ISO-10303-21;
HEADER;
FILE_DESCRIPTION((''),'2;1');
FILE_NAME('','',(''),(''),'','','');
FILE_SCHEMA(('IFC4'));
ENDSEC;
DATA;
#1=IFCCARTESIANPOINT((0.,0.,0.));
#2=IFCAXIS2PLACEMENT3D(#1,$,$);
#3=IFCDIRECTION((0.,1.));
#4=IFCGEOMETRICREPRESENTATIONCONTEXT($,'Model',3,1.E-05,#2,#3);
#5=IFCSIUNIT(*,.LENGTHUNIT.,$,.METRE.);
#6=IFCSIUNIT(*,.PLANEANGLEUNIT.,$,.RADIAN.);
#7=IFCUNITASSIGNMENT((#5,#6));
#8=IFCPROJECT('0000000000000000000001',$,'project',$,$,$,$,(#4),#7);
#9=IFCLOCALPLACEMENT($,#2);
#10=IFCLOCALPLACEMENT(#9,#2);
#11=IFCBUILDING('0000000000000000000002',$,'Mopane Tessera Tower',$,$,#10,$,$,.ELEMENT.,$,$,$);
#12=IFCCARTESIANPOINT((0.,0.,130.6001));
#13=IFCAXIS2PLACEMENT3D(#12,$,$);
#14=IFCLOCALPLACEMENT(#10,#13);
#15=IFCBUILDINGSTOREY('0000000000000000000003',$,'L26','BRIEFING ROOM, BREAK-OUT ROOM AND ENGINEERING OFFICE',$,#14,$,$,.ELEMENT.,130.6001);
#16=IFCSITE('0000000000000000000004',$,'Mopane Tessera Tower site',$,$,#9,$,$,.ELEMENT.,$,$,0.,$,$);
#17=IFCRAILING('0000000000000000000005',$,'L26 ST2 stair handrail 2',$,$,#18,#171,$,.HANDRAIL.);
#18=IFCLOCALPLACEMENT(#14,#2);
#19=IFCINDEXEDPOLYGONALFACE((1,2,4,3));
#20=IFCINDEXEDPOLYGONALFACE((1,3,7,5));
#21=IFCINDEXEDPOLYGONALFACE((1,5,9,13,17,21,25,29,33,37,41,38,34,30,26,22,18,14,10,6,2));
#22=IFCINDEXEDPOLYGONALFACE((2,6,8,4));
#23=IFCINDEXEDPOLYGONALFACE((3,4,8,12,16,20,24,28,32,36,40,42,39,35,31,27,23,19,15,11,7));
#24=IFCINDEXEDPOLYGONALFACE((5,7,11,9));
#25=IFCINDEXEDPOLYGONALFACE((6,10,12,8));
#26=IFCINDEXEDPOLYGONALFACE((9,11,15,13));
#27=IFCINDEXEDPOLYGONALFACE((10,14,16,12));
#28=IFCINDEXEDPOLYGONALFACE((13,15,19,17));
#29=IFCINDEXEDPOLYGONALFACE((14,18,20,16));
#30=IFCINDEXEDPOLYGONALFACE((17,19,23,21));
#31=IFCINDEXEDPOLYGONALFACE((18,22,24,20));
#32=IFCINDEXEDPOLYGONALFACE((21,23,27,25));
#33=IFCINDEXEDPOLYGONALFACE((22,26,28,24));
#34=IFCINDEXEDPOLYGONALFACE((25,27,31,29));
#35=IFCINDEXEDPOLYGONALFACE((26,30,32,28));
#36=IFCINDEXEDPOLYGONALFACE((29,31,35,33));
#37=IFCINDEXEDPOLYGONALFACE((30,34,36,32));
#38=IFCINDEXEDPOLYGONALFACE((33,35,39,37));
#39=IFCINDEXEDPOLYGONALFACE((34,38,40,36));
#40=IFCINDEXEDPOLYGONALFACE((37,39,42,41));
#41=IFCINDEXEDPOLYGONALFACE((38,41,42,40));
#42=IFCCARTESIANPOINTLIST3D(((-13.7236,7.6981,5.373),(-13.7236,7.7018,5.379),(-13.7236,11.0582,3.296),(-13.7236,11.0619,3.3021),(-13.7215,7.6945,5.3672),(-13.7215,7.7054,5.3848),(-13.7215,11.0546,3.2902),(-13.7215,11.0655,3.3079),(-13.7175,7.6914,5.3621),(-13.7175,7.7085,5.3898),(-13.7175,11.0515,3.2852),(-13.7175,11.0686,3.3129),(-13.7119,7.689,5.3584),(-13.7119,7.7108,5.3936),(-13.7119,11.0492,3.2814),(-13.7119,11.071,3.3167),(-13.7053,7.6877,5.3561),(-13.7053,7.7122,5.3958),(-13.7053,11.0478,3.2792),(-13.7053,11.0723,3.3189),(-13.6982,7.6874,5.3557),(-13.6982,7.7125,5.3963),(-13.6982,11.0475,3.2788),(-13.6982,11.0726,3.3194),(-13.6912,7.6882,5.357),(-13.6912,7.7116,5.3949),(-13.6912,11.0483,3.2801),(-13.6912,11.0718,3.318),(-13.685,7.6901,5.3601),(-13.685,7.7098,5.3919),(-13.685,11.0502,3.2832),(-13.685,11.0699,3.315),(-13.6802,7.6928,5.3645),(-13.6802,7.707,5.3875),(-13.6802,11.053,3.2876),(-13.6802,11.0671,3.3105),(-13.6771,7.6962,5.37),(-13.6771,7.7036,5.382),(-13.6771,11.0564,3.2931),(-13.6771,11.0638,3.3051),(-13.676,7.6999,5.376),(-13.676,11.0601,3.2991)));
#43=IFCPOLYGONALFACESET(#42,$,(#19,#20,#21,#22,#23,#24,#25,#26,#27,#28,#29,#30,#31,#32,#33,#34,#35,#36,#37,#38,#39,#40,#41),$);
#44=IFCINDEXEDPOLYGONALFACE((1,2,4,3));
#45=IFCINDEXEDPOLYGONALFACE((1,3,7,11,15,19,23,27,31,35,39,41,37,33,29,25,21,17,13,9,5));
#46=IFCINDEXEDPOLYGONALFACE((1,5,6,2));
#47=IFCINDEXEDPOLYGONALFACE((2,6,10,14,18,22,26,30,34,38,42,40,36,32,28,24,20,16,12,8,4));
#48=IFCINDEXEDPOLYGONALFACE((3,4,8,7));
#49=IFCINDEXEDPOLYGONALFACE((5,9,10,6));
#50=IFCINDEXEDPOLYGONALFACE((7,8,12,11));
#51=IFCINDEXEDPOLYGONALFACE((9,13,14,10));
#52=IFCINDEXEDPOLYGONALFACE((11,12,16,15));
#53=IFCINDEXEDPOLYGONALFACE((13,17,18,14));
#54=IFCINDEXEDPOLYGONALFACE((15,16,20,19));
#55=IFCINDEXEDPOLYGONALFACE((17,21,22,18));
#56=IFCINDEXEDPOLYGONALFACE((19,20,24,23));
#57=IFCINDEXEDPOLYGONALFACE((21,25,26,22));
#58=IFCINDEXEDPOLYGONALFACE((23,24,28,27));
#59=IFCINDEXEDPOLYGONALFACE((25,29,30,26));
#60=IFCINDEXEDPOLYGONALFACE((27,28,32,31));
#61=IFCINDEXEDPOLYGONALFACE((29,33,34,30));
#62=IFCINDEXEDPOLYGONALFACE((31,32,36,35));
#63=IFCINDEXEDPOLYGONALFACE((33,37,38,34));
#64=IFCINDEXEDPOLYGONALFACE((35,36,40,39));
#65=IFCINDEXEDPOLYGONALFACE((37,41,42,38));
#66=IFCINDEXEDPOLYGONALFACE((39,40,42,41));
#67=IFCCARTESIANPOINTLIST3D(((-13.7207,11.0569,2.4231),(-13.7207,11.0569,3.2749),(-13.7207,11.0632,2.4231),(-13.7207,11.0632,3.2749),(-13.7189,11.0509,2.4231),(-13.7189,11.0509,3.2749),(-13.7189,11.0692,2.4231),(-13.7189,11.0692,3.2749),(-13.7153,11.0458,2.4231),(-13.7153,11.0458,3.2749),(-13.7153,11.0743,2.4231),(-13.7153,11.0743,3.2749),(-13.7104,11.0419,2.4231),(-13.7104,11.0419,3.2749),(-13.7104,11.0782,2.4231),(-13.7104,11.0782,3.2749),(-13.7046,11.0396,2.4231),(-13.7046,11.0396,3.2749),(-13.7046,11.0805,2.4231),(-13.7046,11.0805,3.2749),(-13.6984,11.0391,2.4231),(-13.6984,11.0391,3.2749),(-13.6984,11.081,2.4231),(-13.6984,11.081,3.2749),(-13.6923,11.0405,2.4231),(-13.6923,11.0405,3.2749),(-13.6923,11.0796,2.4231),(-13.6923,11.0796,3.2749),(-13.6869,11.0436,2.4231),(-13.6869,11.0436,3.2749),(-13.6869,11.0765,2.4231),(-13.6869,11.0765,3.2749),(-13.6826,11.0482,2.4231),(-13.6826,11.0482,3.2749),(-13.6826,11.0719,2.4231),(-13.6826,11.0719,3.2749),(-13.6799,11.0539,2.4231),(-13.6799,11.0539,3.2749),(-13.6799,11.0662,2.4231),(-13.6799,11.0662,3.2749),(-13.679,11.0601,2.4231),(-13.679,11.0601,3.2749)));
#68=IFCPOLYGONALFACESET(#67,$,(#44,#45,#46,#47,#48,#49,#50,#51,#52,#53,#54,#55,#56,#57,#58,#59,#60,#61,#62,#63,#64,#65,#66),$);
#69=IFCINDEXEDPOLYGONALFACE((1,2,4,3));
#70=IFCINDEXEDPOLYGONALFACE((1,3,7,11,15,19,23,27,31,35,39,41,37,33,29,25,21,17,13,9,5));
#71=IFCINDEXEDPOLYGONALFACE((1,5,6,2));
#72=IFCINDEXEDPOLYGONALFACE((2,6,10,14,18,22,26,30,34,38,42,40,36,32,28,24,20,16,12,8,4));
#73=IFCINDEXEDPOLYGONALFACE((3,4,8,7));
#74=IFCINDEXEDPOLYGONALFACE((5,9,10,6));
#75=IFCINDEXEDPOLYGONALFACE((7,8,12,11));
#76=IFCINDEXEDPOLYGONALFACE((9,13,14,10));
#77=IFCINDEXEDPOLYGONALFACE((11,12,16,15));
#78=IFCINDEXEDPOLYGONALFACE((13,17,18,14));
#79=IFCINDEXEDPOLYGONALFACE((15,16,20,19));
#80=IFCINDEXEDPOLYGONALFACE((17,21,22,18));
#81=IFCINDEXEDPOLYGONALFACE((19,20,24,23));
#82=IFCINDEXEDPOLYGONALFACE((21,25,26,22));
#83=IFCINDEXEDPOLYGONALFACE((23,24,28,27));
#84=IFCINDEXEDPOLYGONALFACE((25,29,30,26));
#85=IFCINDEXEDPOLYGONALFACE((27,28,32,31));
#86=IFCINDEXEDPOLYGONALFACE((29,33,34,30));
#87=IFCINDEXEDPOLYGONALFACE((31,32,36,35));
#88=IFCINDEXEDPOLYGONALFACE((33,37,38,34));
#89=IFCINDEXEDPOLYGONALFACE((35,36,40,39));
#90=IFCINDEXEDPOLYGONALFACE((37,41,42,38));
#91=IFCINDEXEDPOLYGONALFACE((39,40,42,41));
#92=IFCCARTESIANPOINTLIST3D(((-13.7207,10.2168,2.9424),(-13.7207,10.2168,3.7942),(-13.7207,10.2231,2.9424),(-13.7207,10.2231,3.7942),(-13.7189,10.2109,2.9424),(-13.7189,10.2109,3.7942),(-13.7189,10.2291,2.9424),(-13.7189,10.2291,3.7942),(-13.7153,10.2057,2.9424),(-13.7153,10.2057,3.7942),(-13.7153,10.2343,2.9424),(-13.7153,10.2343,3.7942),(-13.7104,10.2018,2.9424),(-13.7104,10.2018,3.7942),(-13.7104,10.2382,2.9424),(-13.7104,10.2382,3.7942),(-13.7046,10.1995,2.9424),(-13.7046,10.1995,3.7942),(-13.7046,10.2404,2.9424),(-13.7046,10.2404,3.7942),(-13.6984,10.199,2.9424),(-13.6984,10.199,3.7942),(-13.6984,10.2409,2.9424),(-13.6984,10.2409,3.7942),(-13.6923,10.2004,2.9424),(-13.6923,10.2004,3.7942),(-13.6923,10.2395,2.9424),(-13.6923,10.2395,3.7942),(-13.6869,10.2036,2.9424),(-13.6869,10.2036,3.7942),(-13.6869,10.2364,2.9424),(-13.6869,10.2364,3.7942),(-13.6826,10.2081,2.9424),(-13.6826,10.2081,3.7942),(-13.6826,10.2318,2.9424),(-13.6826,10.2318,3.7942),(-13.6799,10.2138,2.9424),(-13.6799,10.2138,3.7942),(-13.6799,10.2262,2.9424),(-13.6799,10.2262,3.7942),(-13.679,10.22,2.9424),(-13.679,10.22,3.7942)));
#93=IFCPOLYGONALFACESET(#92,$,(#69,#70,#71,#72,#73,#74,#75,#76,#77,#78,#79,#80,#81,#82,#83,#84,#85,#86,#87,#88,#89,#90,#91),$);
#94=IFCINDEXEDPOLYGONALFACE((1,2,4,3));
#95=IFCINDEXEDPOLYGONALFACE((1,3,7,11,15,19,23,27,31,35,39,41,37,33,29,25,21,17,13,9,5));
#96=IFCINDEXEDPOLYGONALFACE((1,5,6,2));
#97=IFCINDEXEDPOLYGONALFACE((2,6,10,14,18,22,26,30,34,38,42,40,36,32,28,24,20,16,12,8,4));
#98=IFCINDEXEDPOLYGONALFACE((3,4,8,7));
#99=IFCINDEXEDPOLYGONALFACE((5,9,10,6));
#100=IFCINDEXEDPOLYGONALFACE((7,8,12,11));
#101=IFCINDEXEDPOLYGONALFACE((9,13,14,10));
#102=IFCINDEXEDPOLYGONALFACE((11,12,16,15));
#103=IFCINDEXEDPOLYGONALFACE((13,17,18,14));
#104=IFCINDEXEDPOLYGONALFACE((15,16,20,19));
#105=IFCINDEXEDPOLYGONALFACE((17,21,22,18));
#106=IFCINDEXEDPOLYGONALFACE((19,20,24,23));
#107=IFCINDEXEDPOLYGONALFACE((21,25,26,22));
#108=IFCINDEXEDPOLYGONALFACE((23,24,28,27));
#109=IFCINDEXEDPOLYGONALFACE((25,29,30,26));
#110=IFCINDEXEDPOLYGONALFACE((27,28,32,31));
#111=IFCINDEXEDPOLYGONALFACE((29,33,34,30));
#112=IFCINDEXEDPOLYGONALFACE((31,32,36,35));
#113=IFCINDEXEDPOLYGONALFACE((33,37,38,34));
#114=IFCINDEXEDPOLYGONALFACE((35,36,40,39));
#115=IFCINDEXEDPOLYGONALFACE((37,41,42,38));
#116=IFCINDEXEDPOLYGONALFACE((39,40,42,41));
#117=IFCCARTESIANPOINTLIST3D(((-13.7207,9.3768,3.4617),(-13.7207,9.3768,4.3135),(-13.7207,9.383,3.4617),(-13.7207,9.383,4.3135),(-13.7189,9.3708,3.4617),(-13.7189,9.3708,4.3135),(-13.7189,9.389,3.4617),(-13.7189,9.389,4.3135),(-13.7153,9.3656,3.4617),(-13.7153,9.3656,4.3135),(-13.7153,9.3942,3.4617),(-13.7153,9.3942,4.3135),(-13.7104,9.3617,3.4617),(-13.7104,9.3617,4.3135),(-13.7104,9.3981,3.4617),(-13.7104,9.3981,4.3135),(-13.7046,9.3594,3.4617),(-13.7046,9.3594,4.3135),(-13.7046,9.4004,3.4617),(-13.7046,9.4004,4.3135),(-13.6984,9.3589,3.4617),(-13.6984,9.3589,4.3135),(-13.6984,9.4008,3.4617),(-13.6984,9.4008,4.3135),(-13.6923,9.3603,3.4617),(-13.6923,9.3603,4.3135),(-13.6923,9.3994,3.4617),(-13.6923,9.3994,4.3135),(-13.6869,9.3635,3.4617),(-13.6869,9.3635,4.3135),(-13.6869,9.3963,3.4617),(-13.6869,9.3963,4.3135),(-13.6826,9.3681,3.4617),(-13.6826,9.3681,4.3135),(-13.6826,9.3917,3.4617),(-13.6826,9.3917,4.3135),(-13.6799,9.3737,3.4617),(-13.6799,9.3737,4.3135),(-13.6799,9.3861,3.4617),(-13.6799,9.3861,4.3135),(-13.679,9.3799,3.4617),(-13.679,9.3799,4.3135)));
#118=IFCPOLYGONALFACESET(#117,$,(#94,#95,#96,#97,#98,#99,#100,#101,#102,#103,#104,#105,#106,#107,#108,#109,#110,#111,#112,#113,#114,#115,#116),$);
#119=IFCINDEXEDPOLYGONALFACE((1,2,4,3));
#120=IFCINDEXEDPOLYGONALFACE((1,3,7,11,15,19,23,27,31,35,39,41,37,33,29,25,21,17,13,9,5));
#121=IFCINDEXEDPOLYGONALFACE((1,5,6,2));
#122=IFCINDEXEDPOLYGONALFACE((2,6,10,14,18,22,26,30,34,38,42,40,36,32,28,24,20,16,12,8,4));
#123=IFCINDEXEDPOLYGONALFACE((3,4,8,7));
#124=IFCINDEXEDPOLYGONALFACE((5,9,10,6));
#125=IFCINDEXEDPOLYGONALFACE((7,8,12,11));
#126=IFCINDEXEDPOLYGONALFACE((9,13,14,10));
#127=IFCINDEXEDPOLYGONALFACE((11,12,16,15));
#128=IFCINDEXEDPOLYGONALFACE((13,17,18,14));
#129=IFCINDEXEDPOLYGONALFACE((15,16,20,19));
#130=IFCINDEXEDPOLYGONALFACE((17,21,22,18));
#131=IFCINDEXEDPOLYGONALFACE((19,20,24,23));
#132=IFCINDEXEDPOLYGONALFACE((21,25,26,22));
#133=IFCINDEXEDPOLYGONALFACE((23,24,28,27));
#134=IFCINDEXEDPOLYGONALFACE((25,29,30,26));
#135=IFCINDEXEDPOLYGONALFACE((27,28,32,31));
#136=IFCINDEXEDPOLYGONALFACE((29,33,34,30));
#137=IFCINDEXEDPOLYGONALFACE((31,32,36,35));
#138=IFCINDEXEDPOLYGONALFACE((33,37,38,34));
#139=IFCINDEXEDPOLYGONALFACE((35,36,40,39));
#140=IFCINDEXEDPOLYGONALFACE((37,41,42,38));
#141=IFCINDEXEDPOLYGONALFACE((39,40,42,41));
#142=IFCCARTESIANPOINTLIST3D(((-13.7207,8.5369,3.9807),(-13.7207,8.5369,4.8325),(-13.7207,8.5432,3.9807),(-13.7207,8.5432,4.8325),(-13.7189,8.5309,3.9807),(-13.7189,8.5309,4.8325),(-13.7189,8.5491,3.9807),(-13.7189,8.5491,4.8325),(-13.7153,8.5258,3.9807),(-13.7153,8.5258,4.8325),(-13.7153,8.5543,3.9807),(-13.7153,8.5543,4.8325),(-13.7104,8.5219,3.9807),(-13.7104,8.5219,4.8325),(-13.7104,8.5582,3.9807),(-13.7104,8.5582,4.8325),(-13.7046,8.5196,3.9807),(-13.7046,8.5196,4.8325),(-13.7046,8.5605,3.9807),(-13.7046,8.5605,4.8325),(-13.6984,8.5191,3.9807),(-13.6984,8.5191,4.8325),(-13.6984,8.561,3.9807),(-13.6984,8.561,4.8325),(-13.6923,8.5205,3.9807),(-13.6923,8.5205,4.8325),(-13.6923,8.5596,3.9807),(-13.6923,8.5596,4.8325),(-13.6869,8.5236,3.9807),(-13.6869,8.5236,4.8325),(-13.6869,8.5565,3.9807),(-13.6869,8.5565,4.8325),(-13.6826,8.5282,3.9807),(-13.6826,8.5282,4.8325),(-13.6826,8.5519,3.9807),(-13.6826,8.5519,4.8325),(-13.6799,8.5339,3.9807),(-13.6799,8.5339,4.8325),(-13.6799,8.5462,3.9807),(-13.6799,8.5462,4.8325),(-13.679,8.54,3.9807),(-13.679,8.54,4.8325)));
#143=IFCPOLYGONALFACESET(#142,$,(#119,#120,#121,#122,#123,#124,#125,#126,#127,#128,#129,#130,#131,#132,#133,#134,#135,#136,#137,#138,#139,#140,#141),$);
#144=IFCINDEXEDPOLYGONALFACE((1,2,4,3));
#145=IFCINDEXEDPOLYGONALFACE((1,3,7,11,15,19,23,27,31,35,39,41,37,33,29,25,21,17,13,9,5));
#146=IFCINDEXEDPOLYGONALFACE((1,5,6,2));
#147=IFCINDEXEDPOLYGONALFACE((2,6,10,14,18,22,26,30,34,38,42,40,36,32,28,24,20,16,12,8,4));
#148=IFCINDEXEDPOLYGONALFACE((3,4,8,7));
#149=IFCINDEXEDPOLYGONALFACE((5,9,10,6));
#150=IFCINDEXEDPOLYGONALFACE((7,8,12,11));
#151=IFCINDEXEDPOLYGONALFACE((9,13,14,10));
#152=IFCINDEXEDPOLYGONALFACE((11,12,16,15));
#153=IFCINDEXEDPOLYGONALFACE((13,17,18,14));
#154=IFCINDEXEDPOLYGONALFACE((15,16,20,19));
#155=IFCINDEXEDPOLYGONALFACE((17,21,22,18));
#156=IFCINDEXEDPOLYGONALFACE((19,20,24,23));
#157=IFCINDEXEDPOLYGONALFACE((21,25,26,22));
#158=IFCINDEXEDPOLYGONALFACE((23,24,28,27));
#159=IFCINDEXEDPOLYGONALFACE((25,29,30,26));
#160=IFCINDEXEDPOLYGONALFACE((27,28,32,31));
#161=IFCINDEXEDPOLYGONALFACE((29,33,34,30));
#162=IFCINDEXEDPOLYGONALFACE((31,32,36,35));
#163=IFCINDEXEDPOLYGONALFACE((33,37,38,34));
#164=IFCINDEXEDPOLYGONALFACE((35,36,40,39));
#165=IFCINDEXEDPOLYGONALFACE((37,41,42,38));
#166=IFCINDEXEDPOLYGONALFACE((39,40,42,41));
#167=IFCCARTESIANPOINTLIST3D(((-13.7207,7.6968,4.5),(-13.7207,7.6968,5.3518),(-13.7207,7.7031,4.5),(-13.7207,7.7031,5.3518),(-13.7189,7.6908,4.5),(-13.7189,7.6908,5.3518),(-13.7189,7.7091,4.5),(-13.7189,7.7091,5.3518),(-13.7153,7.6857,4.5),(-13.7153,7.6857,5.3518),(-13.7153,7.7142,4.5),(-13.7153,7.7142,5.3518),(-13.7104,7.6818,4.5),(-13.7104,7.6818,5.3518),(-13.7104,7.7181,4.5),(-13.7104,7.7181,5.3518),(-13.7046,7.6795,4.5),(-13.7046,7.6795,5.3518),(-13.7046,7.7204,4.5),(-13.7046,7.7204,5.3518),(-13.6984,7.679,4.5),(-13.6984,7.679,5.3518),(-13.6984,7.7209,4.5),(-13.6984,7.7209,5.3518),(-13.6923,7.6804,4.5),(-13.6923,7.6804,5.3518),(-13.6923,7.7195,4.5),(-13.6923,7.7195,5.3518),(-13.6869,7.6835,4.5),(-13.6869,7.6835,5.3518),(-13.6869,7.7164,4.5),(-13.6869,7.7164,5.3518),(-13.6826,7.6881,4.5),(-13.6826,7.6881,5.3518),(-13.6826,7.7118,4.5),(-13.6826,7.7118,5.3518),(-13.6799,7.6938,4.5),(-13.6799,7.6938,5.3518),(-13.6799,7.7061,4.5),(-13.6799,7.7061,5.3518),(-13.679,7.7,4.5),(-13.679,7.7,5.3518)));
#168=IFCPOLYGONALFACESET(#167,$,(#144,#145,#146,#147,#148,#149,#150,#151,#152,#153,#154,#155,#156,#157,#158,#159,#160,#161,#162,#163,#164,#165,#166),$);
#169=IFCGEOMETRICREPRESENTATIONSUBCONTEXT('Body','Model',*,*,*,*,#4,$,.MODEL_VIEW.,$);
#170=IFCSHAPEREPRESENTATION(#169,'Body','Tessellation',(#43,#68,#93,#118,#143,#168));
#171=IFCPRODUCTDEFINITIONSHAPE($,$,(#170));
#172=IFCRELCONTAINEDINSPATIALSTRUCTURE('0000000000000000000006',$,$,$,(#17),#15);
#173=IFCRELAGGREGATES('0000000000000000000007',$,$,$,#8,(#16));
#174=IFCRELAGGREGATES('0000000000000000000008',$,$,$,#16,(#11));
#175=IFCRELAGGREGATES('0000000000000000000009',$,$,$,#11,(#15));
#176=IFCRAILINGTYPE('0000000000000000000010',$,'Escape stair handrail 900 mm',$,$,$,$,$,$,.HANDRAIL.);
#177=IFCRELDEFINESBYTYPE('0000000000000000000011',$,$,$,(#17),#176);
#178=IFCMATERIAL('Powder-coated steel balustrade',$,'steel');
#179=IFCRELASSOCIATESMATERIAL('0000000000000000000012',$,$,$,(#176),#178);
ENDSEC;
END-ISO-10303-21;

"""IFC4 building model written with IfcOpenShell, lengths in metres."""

from ifc_helpers import new_model, si_unit, direction, frame, origin, origin_2d, place, context, subcontext, project, spatial, circle, extrude, material, type_object, element, save


model = new_model("IFC4")

# Units and contexts
model_context = context("Model", 3, precision=1e-05, world=origin(), true_north=direction((0.0, 1.0)))
body_context = subcontext(model_context, "Body", "Model", "MODEL_VIEW")
ifc_project = project(units=[si_unit("LENGTHUNIT", "METRE"), si_unit("PLANEANGLEUNIT", "RADIAN")], contexts=[model_context])

# Site, building, storey
site_placement = place(None, origin())
site = spatial("IfcSite", under=ifc_project, at=site_placement, Name="Mopane Tessera Tower site", CompositionType="ELEMENT", RefElevation=0.0)
building_placement = place(site_placement, origin())
building = spatial("IfcBuilding", under=site, at=building_placement, Name="Mopane Tessera Tower", CompositionType="ELEMENT")
storey_placement = place(building_placement, frame((0.0, 0.0, 130.6001)))
storey = spatial("IfcBuildingStorey", under=building, at=storey_placement, Name="L26", Description="BRIEFING ROOM, BREAK-OUT ROOM AND ENGINEERING OFFICE", CompositionType="ELEMENT", Elevation=130.6001)

# Railing
ifc_material_1 = material(Name="Powder-coated steel balustrade", Category="steel")
railing_type = type_object("IfcRailingType", Name="Escape stair handrail 900 mm", PredefinedType="HANDRAIL", material=ifc_material_1)
railing_placement = place(storey_placement, frame((-13.7, 11.0601, 2.4231)))
element("IfcRailing", 1, at=railing_placement, inside=storey, type_object=railing_type, Name="L26 ST2 stair handrail 2", PredefinedType="HANDRAIL", context=body_context, shape_type="SweptSolid", body=[
    extrude(circle(Radius=0.0239, at=origin_2d()), frame((0.0, 0.0, 0.876), z_axis=(0.0, -0.850623, 0.525776), x_axis=(1.0, 0.0, 0.0)), (0.0, 0.0, 1.0), 3.9502),
    extrude(circle(Radius=0.021, at=origin_2d()), origin(), (0.0, 0.0, 1.0), 0.8518),
    extrude(circle(Radius=0.021, at=origin_2d()), frame((0.0, -0.8401, 0.5193)), (0.0, 0.0, 1.0), 0.8518),
    extrude(circle(Radius=0.021, at=origin_2d()), frame((0.0, -1.6802, 1.0386)), (0.0, 0.0, 1.0), 0.8518),
    extrude(circle(Radius=0.021, at=origin_2d()), frame((0.0, -2.52, 1.5576)), (0.0, 0.0, 1.0), 0.8518),
    extrude(circle(Radius=0.021, at=origin_2d()), frame((0.0, -3.3601, 2.0769)), (0.0, 0.0, 1.0), 0.8518),
])

save(model, "model.ifc")
